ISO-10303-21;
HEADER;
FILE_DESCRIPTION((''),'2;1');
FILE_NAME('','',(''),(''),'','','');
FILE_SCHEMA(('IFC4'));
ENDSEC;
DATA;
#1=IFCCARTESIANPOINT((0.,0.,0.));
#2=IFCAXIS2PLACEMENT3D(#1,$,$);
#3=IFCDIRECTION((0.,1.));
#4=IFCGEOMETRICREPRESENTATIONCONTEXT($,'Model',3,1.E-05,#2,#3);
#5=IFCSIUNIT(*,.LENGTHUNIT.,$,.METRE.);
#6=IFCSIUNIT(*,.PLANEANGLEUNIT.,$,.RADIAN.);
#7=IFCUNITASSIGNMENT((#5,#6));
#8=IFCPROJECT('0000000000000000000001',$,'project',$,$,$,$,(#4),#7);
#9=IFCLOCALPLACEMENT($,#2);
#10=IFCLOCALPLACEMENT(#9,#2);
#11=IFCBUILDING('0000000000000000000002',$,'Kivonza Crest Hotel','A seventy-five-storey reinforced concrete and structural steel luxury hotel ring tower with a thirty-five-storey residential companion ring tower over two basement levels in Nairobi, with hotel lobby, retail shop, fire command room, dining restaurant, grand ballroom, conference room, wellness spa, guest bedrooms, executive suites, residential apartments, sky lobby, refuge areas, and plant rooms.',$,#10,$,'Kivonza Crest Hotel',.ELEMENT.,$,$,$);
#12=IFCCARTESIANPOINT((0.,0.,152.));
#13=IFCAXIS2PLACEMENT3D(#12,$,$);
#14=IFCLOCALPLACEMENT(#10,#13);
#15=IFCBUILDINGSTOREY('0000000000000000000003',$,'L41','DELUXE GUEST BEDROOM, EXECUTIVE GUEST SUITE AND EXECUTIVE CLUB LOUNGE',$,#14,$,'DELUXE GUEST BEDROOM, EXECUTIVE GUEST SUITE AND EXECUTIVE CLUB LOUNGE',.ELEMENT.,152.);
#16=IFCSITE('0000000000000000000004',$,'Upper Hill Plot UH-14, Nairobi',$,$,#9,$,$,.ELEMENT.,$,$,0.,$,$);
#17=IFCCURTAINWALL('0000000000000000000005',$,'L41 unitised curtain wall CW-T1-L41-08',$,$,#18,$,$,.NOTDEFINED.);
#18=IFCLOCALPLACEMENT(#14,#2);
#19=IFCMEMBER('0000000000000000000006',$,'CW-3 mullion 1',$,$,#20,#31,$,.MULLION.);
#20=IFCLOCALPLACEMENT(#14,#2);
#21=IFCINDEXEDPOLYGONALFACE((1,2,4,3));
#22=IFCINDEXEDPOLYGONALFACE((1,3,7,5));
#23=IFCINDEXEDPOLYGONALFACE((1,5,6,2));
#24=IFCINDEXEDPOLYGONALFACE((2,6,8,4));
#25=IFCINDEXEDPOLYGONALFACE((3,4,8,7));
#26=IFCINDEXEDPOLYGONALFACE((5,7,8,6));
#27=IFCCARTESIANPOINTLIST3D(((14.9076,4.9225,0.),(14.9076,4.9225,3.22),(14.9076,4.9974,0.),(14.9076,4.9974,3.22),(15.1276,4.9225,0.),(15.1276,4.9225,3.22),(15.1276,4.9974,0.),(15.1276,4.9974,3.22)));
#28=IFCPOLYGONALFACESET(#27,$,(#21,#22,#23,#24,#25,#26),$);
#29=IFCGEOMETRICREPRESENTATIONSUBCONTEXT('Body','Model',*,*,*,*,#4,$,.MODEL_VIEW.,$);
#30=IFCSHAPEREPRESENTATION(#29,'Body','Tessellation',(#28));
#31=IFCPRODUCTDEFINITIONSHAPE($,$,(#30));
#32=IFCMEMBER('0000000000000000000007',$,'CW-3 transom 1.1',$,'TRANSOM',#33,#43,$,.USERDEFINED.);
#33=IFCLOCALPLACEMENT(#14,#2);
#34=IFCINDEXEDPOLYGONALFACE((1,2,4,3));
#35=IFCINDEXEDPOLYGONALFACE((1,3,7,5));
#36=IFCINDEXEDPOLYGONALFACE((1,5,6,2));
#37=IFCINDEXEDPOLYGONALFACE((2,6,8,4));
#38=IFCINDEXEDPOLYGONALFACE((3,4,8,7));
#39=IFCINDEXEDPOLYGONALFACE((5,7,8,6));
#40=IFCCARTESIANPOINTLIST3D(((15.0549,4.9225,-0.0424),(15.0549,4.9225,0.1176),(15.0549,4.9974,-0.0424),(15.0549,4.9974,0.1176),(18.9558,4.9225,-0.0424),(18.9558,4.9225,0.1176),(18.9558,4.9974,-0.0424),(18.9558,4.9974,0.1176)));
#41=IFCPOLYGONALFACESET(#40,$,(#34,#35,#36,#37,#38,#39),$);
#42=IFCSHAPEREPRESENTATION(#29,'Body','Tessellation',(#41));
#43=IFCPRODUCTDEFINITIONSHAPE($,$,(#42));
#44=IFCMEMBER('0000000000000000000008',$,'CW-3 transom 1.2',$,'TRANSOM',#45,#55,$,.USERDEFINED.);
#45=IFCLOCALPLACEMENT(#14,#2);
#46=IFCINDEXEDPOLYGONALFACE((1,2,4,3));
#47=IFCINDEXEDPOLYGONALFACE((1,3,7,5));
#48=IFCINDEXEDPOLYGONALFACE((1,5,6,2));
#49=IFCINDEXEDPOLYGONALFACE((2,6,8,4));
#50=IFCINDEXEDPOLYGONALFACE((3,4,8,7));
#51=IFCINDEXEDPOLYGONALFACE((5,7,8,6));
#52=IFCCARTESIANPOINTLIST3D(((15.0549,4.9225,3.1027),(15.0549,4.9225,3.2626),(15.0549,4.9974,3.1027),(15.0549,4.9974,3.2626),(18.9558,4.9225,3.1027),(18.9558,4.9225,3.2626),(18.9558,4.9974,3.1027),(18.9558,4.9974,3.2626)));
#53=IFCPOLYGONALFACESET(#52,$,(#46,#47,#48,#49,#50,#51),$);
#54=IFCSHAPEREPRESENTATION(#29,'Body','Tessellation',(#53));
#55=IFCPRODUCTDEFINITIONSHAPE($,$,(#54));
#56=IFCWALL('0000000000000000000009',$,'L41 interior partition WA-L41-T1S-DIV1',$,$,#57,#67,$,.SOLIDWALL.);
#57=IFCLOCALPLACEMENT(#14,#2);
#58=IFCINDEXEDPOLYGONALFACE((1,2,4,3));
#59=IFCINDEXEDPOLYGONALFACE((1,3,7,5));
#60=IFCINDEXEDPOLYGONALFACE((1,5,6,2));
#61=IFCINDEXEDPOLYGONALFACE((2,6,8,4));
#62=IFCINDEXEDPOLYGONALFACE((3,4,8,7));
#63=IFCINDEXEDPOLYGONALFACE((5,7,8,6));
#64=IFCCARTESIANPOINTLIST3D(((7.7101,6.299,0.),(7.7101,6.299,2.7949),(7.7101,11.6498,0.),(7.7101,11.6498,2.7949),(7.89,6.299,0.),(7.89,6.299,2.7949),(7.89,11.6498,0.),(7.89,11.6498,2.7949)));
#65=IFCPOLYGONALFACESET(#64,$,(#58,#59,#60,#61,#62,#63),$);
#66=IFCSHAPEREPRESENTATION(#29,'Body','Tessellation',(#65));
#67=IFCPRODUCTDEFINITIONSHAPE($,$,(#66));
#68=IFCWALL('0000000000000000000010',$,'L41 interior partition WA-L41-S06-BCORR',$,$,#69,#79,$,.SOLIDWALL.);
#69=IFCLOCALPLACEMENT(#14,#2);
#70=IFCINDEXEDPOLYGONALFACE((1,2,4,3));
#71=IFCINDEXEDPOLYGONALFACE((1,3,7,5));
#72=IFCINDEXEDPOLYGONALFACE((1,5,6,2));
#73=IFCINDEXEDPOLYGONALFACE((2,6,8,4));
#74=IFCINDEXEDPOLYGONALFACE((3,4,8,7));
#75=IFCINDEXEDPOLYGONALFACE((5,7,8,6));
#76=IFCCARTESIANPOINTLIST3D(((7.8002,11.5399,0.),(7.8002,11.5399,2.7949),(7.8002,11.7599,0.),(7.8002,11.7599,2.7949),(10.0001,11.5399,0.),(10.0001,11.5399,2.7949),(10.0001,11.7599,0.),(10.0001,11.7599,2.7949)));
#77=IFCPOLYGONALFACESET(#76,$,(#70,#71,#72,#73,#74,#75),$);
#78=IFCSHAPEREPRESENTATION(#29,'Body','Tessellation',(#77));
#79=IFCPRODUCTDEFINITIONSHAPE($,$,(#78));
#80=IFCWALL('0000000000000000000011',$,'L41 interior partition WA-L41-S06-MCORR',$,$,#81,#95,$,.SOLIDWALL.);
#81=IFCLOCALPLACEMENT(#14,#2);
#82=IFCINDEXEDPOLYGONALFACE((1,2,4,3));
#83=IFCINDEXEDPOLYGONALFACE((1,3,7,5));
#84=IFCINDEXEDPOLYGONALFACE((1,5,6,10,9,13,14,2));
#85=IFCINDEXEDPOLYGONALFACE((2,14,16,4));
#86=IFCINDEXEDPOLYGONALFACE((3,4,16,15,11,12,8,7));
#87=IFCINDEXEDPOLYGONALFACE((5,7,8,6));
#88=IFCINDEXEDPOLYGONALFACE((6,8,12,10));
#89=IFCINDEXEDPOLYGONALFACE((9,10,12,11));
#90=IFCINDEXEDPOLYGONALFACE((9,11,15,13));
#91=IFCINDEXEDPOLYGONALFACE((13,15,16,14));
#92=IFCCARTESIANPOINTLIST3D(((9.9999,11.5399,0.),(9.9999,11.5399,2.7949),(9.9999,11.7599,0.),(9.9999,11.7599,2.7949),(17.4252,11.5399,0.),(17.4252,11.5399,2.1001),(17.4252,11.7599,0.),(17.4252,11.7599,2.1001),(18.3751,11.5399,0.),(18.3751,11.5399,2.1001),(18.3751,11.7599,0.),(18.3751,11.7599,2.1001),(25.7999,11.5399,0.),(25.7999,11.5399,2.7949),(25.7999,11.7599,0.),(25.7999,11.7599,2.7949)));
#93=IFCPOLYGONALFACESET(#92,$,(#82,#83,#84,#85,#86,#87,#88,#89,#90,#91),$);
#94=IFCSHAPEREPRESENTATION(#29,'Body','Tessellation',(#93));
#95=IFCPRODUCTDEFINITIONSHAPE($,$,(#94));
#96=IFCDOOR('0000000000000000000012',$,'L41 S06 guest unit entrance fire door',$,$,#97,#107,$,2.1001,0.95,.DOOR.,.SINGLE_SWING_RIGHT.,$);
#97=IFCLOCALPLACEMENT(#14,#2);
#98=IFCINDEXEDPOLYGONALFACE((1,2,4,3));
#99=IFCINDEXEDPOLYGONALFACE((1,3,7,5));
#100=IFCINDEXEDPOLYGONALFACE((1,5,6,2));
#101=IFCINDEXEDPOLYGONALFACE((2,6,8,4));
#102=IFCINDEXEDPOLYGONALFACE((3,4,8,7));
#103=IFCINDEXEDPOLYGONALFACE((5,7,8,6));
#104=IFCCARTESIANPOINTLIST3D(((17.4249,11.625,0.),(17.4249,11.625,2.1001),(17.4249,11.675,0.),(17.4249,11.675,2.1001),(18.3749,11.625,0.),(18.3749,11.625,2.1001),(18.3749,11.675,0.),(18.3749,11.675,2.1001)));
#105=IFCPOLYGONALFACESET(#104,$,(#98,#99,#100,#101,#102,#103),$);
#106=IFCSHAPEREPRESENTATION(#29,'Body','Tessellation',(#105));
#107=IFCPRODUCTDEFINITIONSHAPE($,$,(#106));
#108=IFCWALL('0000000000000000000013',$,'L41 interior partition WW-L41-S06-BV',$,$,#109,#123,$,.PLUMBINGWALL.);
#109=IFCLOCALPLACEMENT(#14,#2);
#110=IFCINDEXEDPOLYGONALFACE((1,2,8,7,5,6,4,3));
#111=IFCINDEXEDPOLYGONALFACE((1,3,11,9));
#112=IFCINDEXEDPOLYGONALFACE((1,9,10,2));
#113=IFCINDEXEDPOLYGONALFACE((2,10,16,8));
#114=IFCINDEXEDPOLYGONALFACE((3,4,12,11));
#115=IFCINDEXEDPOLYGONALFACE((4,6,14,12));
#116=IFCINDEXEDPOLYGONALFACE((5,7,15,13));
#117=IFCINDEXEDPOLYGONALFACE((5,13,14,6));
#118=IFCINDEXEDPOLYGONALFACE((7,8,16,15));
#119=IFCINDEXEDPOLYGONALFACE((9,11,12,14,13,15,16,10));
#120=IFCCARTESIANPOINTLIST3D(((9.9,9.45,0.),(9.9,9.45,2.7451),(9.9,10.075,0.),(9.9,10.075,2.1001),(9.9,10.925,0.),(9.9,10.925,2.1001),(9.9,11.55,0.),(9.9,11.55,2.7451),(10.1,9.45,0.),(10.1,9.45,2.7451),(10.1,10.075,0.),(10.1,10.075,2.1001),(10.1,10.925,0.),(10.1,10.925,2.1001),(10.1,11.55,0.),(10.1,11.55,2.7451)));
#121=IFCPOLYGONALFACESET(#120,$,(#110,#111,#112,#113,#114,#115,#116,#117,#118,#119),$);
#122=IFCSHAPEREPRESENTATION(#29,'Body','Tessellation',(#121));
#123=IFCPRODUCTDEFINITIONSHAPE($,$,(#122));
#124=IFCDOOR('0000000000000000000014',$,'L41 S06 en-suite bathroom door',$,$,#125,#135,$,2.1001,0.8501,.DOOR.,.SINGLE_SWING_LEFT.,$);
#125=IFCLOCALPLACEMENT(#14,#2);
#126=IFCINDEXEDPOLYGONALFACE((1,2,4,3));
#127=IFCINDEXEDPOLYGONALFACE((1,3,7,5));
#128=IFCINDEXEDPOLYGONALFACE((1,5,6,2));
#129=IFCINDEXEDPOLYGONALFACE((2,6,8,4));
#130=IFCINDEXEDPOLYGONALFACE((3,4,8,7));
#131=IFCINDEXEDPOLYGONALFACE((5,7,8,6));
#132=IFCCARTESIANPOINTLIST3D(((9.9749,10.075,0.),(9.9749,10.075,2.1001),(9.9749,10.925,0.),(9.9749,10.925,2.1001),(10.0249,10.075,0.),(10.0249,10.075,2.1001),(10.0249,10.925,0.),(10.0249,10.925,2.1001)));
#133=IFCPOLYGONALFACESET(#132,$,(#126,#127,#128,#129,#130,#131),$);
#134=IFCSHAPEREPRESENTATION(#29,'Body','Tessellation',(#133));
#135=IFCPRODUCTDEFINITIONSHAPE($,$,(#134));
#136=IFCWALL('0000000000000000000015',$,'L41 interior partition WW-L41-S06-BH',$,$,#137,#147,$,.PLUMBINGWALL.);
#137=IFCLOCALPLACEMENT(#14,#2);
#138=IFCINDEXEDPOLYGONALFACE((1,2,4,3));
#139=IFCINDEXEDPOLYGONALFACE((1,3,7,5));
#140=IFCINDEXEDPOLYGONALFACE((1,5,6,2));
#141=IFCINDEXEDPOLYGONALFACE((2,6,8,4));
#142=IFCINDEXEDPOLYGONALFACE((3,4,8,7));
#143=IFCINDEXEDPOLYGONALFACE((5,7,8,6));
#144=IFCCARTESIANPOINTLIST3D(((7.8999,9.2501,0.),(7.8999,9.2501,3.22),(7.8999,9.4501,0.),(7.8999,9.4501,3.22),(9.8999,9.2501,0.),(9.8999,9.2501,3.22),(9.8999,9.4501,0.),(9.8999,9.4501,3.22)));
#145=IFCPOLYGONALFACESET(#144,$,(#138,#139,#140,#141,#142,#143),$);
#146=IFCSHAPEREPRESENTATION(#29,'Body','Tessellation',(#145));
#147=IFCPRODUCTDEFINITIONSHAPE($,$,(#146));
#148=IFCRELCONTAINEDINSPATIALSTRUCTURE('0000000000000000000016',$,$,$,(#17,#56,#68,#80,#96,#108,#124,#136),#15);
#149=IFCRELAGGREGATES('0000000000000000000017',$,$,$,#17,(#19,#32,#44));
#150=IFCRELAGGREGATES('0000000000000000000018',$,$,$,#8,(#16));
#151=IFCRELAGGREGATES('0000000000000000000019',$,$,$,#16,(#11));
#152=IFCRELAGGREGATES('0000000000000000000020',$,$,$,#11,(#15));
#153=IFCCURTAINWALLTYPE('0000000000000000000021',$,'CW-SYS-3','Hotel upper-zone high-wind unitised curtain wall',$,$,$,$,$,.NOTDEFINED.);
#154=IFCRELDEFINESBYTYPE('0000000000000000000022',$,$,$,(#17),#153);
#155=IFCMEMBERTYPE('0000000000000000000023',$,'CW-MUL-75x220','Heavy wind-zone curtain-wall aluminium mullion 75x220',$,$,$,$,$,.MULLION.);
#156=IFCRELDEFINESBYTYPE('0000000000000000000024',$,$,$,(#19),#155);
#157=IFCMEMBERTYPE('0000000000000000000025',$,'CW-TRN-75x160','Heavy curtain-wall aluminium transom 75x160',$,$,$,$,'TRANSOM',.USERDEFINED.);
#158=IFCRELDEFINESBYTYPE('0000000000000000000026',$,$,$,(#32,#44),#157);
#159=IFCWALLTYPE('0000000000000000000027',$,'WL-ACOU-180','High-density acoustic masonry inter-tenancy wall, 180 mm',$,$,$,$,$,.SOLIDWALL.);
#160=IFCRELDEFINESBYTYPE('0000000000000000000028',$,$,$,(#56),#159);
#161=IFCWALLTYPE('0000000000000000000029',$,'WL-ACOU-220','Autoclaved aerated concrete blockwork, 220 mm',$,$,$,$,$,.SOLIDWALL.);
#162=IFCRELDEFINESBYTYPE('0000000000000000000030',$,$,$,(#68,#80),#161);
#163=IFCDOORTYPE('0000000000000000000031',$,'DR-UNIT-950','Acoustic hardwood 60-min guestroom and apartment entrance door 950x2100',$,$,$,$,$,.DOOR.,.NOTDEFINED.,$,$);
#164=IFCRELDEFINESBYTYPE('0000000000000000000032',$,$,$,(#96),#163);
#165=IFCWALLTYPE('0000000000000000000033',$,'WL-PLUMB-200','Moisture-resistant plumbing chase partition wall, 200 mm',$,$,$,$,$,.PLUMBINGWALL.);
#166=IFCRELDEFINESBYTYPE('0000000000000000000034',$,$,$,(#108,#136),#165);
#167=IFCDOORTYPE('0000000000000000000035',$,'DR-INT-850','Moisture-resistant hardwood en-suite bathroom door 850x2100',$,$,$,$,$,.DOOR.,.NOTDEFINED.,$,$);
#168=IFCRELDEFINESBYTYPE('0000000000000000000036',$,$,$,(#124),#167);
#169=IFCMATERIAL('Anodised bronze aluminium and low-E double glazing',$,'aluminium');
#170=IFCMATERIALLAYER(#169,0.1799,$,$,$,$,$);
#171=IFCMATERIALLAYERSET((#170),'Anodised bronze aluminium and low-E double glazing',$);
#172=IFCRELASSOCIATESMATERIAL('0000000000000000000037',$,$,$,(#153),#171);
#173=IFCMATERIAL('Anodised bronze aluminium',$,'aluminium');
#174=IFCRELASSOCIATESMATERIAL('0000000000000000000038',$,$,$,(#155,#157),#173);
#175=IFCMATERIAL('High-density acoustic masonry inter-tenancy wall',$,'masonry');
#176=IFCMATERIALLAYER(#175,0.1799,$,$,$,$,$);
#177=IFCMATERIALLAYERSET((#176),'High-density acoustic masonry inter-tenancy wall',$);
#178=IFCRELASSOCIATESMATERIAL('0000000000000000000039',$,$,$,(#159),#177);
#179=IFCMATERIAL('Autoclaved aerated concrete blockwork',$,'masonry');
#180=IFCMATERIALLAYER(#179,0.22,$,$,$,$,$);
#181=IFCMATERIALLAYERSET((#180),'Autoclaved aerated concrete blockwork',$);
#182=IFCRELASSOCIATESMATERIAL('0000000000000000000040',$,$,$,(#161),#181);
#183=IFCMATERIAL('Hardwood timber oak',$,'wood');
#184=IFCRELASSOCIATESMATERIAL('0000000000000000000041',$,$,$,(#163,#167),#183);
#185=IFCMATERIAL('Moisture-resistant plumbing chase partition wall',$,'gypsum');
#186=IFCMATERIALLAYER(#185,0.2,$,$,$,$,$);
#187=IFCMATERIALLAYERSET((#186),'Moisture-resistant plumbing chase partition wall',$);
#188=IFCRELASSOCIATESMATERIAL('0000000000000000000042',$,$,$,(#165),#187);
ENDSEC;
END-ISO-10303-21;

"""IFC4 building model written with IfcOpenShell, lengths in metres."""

from ifc_helpers import new_model, si_unit, direction, frame, frame_2d, origin, origin_2d, place, context, subcontext, project, spatial, rectangle, extrude, material, layer, layer_set, material_profile, profile_set, type_object, element, fill, aggregate, save


model = new_model("IFC4")

# Units and contexts
model_context = context("Model", 3, precision=1e-05, world=origin(), true_north=direction((0.0, 1.0)))
body_context = subcontext(model_context, "Body", "Model", "MODEL_VIEW")
ifc_project = project(units=[si_unit("LENGTHUNIT", "METRE"), si_unit("PLANEANGLEUNIT", "RADIAN")], contexts=[model_context])

# Site, building, storey
site_placement = place(None, origin())
site = spatial("IfcSite", under=ifc_project, at=site_placement, Name="Upper Hill Plot UH-14, Nairobi", CompositionType="ELEMENT", RefElevation=0.0)
building_placement = place(site_placement, origin())
building = spatial("IfcBuilding", under=site, at=building_placement, Name="Kivonza Crest Hotel", Description="A seventy-five-storey reinforced concrete and structural steel luxury hotel ring tower with a thirty-five-storey residential companion ring tower over two basement levels in Nairobi, with hotel lobby, retail shop, fire command room, dining restaurant, grand ballroom, conference room, wellness spa, guest bedrooms, executive suites, residential apartments, sky lobby, refuge areas, and plant rooms.", LongName="Kivonza Crest Hotel", CompositionType="ELEMENT")
storey_placement = place(building_placement, frame((0.0, 0.0, 152.0)))
storey = spatial("IfcBuildingStorey", under=building, at=storey_placement, Name="L41", Description="DELUXE GUEST BEDROOM, EXECUTIVE GUEST SUITE AND EXECUTIVE CLUB LOUNGE", LongName="DELUXE GUEST BEDROOM, EXECUTIVE GUEST SUITE AND EXECUTIVE CLUB LOUNGE", CompositionType="ELEMENT", Elevation=152.0)

# Curtain wall, members
ifc_material_1 = material(Name="Anodised bronze aluminium and low-E double glazing", Category="aluminium")
ifc_layer_1 = layer(ifc_material_1, 0.1799)
ifc_layer_set_1 = layer_set([ifc_layer_1], Name="Anodised bronze aluminium and low-E double glazing")
curtain_wall_type = type_object("IfcCurtainWallType", Name="CW-SYS-3", Description="Hotel upper-zone high-wind unitised curtain wall", PredefinedType="NOTDEFINED", material=ifc_layer_set_1)
curtain_wall_placement = place(storey_placement, origin())
curtain_wall = element("IfcCurtainWall", 1, at=curtain_wall_placement, inside=storey, type_object=curtain_wall_type, Name="L41 unitised curtain wall CW-T1-L41-08", PredefinedType="NOTDEFINED")
ifc_material_2 = material(Name="Anodised bronze aluminium", Category="aluminium")
ifc_material_profile_1 = material_profile(ifc_material_2, rectangle(XDim=0.075, YDim=0.22, at=origin_2d()), Name="CW-M 75x220")
ifc_profile_set_1 = profile_set([ifc_material_profile_1], Name="Anodised bronze aluminium")
member_type_1 = type_object("IfcMemberType", Name="CW-MUL-75x220", Description="Heavy wind-zone curtain-wall aluminium mullion 75x220", PredefinedType="MULLION", material=ifc_profile_set_1)
member_1_placement = place(storey_placement, frame((15.0176, 4.96, 0.0), z_axis=(0.0, 0.0, 1.0), x_axis=(0.0, 1.0, 0.0)))
member_1 = element("IfcMember", 2, at=member_1_placement, type_object=member_type_1, Name="CW-3 mullion 1", PredefinedType="MULLION", context=body_context, shape_type="SweptSolid", body=[
    extrude(rectangle(XDim=0.075, YDim=0.22, at=origin_2d()), origin(), (0.0, 0.0, 1.0), 3.22),
])
ifc_material_profile_2 = material_profile(ifc_material_2, rectangle(XDim=0.075, YDim=0.1599, at=origin_2d()), Name="CW-T 75x160")
ifc_profile_set_2 = profile_set([ifc_material_profile_2], Name="Anodised bronze aluminium")
member_type_2 = type_object("IfcMemberType", Name="CW-TRN-75x160", Description="Heavy curtain-wall aluminium transom 75x160", ElementType="TRANSOM", PredefinedType="USERDEFINED", material=ifc_profile_set_2)
member_2_placement = place(storey_placement, frame((15.0549, 4.96, 0.0376), z_axis=(1.0, 0.0, 0.0), x_axis=(0.0, 1.0, 0.0)))
member_2 = element("IfcMember", 3, at=member_2_placement, type_object=member_type_2, Name="CW-3 transom 1.1", ObjectType="TRANSOM", PredefinedType="USERDEFINED", context=body_context, shape_type="SweptSolid", body=[
    extrude(rectangle(XDim=0.075, YDim=0.1599, at=origin_2d()), origin(), (0.0, 0.0, 1.0), 3.9009),
])
member_3_placement = place(storey_placement, frame((15.0549, 4.96, 3.1826), z_axis=(1.0, 0.0, 0.0), x_axis=(0.0, 1.0, 0.0)))
member_3 = element("IfcMember", 4, at=member_3_placement, type_object=member_type_2, Name="CW-3 transom 1.2", ObjectType="TRANSOM", PredefinedType="USERDEFINED", context=body_context, shape_type="SweptSolid", body=[
    extrude(rectangle(XDim=0.075, YDim=0.1599, at=origin_2d()), origin(), (0.0, 0.0, 1.0), 3.9009),
])
aggregate(curtain_wall, [member_1, member_2, member_3])

# Walls
ifc_material_3 = material(Name="High-density acoustic masonry inter-tenancy wall", Category="masonry")
ifc_layer_2 = layer(ifc_material_3, 0.1799)
ifc_layer_set_2 = layer_set([ifc_layer_2], Name="High-density acoustic masonry inter-tenancy wall")
wall_type_1 = type_object("IfcWallType", Name="WL-ACOU-180", Description="High-density acoustic masonry inter-tenancy wall, 180 mm", PredefinedType="SOLIDWALL", material=ifc_layer_set_2)
wall_1_placement = place(storey_placement, frame((7.8, 6.2991, 0.0), z_axis=(0.0, 0.0, 1.0), x_axis=(0.0, 1.0, 0.0)))
element("IfcWall", 5, at=wall_1_placement, inside=storey, type_object=wall_type_1, Name="L41 interior partition WA-L41-T1S-DIV1", PredefinedType="SOLIDWALL", context=body_context, shape_type="SweptSolid", body=[
    extrude(rectangle(XDim=5.3508, YDim=0.1799, at=frame_2d((2.6753, 0.0))), origin(), (0.0, 0.0, 1.0), 2.7949),
])
ifc_material_4 = material(Name="Autoclaved aerated concrete blockwork", Category="masonry")
ifc_layer_3 = layer(ifc_material_4, 0.22)
ifc_layer_set_3 = layer_set([ifc_layer_3], Name="Autoclaved aerated concrete blockwork")
wall_type_2 = type_object("IfcWallType", Name="WL-ACOU-220", Description="Autoclaved aerated concrete blockwork, 220 mm", PredefinedType="SOLIDWALL", material=ifc_layer_set_3)
wall_2_placement = place(storey_placement, frame((7.8, 11.6499, 0.0), z_axis=(0.0, 0.0, 1.0), x_axis=(1.0, 0.0, 0.0)))
element("IfcWall", 6, at=wall_2_placement, inside=storey, type_object=wall_type_2, Name="L41 interior partition WA-L41-S06-BCORR", PredefinedType="SOLIDWALL", context=body_context, shape_type="SweptSolid", body=[
    extrude(rectangle(XDim=2.2, YDim=0.22, at=frame_2d((1.1001, 0.0))), origin(), (0.0, 0.0, 1.0), 2.7949),
])

# Wall, opening, door
wall_3_placement = place(storey_placement, frame((10.0, 11.6499, 0.0), z_axis=(0.0, 0.0, 1.0), x_axis=(1.0, 0.0, 0.0)))
wall_3 = element("IfcWall", 7, at=wall_3_placement, inside=storey, type_object=wall_type_2, Name="L41 interior partition WA-L41-S06-MCORR", PredefinedType="SOLIDWALL", context=body_context, shape_type="SweptSolid", body=[
    extrude(rectangle(XDim=15.8, YDim=0.22, at=frame_2d((7.8999, 0.0))), origin(), (0.0, 0.0, 1.0), 2.7949),
])
opening_1_placement = place(wall_3_placement, frame((7.425, 0.0, 0.0)))
opening_1 = element("IfcOpeningElement", 8, at=opening_1_placement, cuts=wall_3, PredefinedType="OPENING", context=body_context, shape_type="SweptSolid", body=[
    extrude(rectangle(XDim=0.95, YDim=2.1001, at=frame_2d((0.4751, 1.05))), frame((0.0, 0.1201, 0.0), z_axis=(0.0, -1.0, 0.0), x_axis=(1.0, 0.0, 0.0)), (0.0, 0.0, 1.0), 0.24),
])
ifc_material_5 = material(Name="Hardwood timber oak", Category="wood")
door_type_1 = type_object("IfcDoorType", Name="DR-UNIT-950", Description="Acoustic hardwood 60-min guestroom and apartment entrance door 950x2100", OperationType="NOTDEFINED", PredefinedType="DOOR", material=ifc_material_5)
door_1_placement = place(opening_1_placement, frame((0.95, 0.0, 0.0), z_axis=(0.0, 0.0, 1.0), x_axis=(-1.0, 0.0, 0.0)))
door_1 = element("IfcDoor", 9, at=door_1_placement, inside=storey, type_object=door_type_1, Name="L41 S06 guest unit entrance fire door", OperationType="SINGLE_SWING_RIGHT", OverallHeight=2.1001, OverallWidth=0.95, PredefinedType="DOOR", context=body_context, shape_type="SweptSolid", body=[
    extrude(rectangle(XDim=0.95, YDim=2.1001, at=frame_2d((0.4751, 1.05))), frame((0.0, 0.0249, 0.0), z_axis=(0.0, -1.0, 0.0), x_axis=(1.0, 0.0, 0.0)), (0.0, 0.0, 1.0), 0.05),
])
fill(opening_1, door_1)

# Wall, opening, door
ifc_material_6 = material(Name="Moisture-resistant plumbing chase partition wall", Category="gypsum")
ifc_layer_4 = layer(ifc_material_6, 0.2)
ifc_layer_set_4 = layer_set([ifc_layer_4], Name="Moisture-resistant plumbing chase partition wall")
wall_type_3 = type_object("IfcWallType", Name="WL-PLUMB-200", Description="Moisture-resistant plumbing chase partition wall, 200 mm", PredefinedType="PLUMBINGWALL", material=ifc_layer_set_4)
wall_4_placement = place(storey_placement, frame((10.0, 9.45, 0.0), z_axis=(0.0, 0.0, 1.0), x_axis=(0.0, 1.0, 0.0)))
wall_4 = element("IfcWall", 10, at=wall_4_placement, inside=storey, type_object=wall_type_3, Name="L41 interior partition WW-L41-S06-BV", PredefinedType="PLUMBINGWALL", context=body_context, shape_type="SweptSolid", body=[
    extrude(rectangle(XDim=2.1001, YDim=0.2, at=frame_2d((1.05, 0.0))), origin(), (0.0, 0.0, 1.0), 2.7451),
])
opening_2_placement = place(wall_4_placement, frame((0.625, 0.0, 0.0)))
opening_2 = element("IfcOpeningElement", 11, at=opening_2_placement, cuts=wall_4, PredefinedType="OPENING", context=body_context, shape_type="SweptSolid", body=[
    extrude(rectangle(XDim=0.8501, YDim=2.1001, at=frame_2d((0.425, 1.05))), frame((0.0, 0.1099, 0.0), z_axis=(0.0, -1.0, 0.0), x_axis=(1.0, 0.0, 0.0)), (0.0, 0.0, 1.0), 0.22),
])
door_type_2 = type_object("IfcDoorType", Name="DR-INT-850", Description="Moisture-resistant hardwood en-suite bathroom door 850x2100", OperationType="NOTDEFINED", PredefinedType="DOOR", material=ifc_material_5)
door_2_placement = place(opening_2_placement, frame((0.8501, 0.0, 0.0), z_axis=(0.0, 0.0, 1.0), x_axis=(-1.0, 0.0, 0.0)))
door_2 = element("IfcDoor", 12, at=door_2_placement, inside=storey, type_object=door_type_2, Name="L41 S06 en-suite bathroom door", OperationType="SINGLE_SWING_LEFT", OverallHeight=2.1001, OverallWidth=0.8501, PredefinedType="DOOR", context=body_context, shape_type="SweptSolid", body=[
    extrude(rectangle(XDim=0.8501, YDim=2.1001, at=frame_2d((0.425, 1.05))), frame((0.0, 0.0249, 0.0), z_axis=(0.0, -1.0, 0.0), x_axis=(1.0, 0.0, 0.0)), (0.0, 0.0, 1.0), 0.05),
])
fill(opening_2, door_2)

# Wall
wall_5_placement = place(storey_placement, frame((7.8999, 9.3501, 0.0), z_axis=(0.0, 0.0, 1.0), x_axis=(1.0, 0.0, 0.0)))
element("IfcWall", 13, at=wall_5_placement, inside=storey, type_object=wall_type_3, Name="L41 interior partition WW-L41-S06-BH", PredefinedType="PLUMBINGWALL", context=body_context, shape_type="SweptSolid", body=[
    extrude(rectangle(XDim=2.0, YDim=0.2, at=frame_2d((1.0, 0.0))), origin(), (0.0, 0.0, 1.0), 3.22),
])

save(model, "model.ifc")
